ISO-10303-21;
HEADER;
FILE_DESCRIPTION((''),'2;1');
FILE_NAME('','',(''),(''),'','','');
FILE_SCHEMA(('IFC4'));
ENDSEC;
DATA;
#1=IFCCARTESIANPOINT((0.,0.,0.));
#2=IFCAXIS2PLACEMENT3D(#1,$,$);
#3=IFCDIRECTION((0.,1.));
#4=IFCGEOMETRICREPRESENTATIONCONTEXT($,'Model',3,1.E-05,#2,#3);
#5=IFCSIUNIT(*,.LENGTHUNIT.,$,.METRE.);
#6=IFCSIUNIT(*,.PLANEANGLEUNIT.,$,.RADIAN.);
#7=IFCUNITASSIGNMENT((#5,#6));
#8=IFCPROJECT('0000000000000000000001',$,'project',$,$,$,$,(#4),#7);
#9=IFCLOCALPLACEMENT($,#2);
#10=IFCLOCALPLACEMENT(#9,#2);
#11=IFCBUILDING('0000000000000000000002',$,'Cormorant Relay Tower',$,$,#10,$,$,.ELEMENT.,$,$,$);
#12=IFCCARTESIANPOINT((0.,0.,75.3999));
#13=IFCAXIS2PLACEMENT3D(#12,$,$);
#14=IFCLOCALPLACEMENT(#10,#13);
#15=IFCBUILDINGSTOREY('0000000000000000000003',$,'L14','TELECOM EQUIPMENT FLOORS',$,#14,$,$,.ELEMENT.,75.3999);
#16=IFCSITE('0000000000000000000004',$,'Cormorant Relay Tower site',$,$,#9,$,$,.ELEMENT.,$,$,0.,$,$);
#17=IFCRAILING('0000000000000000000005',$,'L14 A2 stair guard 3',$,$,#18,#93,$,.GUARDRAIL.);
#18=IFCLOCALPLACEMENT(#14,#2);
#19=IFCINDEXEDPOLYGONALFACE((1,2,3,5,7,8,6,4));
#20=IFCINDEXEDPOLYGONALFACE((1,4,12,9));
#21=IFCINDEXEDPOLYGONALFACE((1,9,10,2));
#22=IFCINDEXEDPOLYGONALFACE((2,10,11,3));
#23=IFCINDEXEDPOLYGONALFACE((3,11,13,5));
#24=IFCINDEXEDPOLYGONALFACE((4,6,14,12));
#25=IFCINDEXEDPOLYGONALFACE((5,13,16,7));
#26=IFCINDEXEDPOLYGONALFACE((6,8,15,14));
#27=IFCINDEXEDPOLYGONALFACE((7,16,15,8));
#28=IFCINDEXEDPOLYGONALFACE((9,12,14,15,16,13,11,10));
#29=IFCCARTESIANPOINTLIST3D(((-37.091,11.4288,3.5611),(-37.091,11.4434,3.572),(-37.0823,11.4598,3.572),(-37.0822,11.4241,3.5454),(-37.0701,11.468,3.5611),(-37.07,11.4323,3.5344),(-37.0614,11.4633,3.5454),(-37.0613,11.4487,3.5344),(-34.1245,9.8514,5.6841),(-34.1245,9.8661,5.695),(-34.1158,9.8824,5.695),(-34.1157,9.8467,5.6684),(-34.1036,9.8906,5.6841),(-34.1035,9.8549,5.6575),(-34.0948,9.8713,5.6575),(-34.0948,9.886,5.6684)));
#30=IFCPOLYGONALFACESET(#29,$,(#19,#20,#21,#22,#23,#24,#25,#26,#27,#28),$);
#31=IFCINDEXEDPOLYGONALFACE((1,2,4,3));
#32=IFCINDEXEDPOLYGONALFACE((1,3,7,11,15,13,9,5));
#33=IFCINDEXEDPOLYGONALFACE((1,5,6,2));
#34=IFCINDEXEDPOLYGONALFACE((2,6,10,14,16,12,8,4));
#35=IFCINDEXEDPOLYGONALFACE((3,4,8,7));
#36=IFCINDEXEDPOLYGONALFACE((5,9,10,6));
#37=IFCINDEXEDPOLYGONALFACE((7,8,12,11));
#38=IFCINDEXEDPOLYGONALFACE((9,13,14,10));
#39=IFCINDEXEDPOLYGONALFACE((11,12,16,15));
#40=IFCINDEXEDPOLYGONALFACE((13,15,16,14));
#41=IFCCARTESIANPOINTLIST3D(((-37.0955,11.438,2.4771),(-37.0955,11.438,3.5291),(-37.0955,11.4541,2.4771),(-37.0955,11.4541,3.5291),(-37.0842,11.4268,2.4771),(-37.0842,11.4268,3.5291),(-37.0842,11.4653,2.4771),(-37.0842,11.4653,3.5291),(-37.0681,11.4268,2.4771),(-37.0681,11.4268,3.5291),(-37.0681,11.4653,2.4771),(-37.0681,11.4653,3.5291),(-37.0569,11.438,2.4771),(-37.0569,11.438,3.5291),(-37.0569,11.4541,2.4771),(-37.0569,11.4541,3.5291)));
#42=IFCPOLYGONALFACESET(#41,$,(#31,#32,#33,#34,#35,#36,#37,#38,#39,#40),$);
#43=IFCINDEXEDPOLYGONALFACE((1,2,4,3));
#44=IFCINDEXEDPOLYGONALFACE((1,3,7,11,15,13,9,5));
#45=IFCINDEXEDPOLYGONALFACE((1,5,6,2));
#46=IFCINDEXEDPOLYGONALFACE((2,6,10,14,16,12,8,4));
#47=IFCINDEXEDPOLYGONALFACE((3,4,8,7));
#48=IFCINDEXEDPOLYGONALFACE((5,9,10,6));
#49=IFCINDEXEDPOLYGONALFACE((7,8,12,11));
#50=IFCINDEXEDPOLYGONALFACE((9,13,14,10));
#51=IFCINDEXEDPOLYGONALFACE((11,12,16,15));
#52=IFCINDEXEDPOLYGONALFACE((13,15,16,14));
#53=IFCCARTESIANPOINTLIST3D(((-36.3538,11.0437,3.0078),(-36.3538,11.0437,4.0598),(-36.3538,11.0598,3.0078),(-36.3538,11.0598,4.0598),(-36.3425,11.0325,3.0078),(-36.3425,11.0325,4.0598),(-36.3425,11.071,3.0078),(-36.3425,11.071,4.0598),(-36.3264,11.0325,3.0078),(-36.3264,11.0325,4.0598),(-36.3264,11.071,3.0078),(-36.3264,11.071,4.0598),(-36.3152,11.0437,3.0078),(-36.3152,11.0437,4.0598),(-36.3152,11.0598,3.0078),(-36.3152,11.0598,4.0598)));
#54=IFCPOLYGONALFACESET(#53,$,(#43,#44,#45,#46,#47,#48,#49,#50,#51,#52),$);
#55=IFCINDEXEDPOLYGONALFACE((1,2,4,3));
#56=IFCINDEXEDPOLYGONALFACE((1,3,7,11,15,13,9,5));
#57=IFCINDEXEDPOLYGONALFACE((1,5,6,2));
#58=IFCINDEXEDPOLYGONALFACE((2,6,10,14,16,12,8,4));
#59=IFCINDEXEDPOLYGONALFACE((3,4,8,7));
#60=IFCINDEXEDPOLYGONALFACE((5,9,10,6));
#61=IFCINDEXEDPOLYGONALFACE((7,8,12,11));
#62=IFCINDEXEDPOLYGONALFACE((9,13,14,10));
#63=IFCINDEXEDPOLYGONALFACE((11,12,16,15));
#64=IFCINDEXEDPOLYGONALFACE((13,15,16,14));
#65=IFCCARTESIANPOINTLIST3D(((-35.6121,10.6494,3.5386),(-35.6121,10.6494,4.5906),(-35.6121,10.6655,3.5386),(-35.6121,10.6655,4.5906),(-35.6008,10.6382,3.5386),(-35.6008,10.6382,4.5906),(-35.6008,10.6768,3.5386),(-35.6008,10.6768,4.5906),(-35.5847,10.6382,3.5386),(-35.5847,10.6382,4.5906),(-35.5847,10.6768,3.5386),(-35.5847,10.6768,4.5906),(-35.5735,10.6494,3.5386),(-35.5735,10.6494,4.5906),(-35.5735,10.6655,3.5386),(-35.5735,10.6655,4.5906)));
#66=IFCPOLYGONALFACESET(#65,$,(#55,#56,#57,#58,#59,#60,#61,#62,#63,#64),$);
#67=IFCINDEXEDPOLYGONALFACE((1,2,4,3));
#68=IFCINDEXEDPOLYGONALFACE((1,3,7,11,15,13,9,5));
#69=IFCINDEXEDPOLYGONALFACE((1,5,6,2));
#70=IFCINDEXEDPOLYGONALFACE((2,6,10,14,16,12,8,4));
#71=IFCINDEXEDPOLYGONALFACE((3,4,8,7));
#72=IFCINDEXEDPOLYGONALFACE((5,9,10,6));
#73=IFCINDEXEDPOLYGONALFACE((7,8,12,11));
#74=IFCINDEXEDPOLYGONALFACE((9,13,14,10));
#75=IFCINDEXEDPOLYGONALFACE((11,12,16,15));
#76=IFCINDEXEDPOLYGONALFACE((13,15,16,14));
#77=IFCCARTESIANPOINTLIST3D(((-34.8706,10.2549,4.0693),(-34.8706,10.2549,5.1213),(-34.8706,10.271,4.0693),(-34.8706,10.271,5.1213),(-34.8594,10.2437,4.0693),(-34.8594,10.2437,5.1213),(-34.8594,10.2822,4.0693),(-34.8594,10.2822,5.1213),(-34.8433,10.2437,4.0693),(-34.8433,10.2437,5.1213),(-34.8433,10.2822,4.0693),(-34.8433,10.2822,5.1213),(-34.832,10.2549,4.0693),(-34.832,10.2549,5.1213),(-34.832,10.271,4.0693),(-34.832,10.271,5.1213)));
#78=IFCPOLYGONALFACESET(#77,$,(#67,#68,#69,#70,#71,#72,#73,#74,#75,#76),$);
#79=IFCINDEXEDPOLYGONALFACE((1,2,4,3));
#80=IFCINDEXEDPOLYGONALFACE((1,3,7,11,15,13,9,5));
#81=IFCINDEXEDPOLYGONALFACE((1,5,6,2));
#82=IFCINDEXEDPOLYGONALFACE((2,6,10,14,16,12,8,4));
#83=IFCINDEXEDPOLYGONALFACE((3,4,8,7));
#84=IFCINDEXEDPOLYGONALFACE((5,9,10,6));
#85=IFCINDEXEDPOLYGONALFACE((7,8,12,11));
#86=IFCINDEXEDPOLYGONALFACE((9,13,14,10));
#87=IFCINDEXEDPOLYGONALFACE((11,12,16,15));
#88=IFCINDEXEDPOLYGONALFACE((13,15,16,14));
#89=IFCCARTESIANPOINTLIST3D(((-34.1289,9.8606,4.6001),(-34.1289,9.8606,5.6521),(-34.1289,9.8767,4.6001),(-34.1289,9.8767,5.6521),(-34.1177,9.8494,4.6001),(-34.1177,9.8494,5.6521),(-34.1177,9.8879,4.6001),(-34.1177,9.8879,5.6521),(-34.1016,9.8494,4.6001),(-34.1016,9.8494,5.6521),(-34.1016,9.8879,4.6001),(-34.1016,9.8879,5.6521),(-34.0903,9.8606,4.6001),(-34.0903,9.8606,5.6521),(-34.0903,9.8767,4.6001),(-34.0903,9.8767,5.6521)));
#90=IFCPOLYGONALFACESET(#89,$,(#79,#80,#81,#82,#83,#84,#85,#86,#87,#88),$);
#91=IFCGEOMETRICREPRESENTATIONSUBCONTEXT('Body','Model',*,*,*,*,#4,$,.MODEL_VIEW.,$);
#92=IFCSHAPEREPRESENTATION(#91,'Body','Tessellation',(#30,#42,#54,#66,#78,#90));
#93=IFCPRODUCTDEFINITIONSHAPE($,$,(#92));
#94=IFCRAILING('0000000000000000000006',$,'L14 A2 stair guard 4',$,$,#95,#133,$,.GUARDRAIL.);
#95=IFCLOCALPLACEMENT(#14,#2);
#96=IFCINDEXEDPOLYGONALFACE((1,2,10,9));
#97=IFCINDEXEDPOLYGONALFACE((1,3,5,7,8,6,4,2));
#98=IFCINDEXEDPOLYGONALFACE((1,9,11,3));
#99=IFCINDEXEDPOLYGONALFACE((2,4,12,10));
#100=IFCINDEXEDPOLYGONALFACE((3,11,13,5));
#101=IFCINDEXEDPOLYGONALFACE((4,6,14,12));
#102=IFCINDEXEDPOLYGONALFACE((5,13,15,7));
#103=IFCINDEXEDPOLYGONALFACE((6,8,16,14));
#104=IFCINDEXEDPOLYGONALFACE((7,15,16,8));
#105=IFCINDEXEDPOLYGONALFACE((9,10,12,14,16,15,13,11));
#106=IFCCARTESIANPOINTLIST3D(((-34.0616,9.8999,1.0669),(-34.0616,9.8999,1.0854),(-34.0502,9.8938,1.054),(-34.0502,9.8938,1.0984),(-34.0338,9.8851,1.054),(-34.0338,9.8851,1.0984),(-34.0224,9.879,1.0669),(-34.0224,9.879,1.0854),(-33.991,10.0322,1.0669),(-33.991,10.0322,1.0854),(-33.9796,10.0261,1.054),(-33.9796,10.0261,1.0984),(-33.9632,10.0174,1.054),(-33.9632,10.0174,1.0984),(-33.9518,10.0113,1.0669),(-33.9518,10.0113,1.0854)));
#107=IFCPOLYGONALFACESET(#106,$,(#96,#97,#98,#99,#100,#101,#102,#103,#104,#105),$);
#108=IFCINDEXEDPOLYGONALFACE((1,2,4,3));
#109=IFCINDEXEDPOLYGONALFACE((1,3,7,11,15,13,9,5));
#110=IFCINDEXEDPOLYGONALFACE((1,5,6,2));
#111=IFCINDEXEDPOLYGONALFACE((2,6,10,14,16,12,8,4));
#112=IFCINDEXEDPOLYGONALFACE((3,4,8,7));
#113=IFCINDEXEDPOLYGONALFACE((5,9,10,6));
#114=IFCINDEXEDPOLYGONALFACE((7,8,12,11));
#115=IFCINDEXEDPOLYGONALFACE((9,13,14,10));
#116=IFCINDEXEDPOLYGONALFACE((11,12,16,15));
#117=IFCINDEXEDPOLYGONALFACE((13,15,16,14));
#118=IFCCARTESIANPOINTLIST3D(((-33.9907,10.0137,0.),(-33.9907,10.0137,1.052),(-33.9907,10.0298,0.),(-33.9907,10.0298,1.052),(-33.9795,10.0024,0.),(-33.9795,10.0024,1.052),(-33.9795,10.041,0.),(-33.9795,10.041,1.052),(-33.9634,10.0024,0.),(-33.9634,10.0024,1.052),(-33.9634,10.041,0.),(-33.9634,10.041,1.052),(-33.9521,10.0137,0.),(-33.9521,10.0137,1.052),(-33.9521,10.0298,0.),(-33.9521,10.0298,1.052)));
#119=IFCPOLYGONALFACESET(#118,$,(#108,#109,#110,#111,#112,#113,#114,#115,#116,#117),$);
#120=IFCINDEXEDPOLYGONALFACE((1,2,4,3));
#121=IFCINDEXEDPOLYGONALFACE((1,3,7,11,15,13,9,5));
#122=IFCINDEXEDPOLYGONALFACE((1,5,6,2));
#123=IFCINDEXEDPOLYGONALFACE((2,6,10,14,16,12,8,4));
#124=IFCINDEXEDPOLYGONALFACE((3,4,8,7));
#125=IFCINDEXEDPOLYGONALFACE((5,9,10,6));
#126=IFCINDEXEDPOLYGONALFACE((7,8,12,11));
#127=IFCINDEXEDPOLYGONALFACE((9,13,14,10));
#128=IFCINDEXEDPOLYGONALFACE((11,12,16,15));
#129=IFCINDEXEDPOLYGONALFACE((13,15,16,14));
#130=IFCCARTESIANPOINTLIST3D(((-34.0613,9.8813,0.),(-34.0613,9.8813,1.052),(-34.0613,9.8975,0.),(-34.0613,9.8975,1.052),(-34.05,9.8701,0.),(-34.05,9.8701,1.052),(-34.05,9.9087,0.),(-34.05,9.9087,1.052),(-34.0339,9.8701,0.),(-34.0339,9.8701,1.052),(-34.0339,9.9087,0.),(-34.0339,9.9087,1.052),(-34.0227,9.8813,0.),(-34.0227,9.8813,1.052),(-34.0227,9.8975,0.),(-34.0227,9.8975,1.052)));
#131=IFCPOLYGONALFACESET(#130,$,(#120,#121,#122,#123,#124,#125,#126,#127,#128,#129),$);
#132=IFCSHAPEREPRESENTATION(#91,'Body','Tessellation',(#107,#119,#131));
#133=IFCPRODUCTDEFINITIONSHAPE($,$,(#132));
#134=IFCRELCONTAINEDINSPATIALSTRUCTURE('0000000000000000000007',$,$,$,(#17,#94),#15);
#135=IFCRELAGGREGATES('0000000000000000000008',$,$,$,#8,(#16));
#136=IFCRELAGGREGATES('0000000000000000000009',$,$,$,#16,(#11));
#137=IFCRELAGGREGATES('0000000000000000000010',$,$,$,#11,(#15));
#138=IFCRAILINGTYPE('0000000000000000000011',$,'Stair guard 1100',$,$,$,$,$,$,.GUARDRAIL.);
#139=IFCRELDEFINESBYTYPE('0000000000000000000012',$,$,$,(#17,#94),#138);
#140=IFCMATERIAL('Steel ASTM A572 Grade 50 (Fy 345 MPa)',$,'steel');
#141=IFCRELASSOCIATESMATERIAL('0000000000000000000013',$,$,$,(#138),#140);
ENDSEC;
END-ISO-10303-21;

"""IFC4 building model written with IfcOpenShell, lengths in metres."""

from ifc_helpers import new_model, si_unit, direction, frame, origin, place, context, subcontext, project, spatial, polyline, outline, extrude, material, type_object, element, save


model = new_model("IFC4")

# Units and contexts
model_context = context("Model", 3, precision=1e-05, world=origin(), true_north=direction((0.0, 1.0)))
body_context = subcontext(model_context, "Body", "Model", "MODEL_VIEW")
ifc_project = project(units=[si_unit("LENGTHUNIT", "METRE"), si_unit("PLANEANGLEUNIT", "RADIAN")], contexts=[model_context])

# Site, building, storey
site_placement = place(None, origin())
site = spatial("IfcSite", under=ifc_project, at=site_placement, Name="Cormorant Relay Tower site", CompositionType="ELEMENT", RefElevation=0.0)
building_placement = place(site_placement, origin())
building = spatial("IfcBuilding", under=site, at=building_placement, Name="Cormorant Relay Tower", CompositionType="ELEMENT")
storey_placement = place(building_placement, frame((0.0, 0.0, 75.3999)))
storey = spatial("IfcBuildingStorey", under=building, at=storey_placement, Name="L14", Description="TELECOM EQUIPMENT FLOORS", CompositionType="ELEMENT", Elevation=75.3999)

# Railings
ifc_material_1 = material(Name="Steel ASTM A572 Grade 50 (Fy 345 MPa)", Category="steel")
railing_type_1 = type_object("IfcRailingType", Name="Stair guard 1100", PredefinedType="GUARDRAIL", material=ifc_material_1)
railing_1_placement = place(storey_placement, frame((-37.0762, 11.446, 2.4771)))
element("IfcRailing", 1, at=railing_1_placement, inside=storey, type_object=railing_type_1, Name="L14 A2 stair guard 3", PredefinedType="GUARDRAIL", context=body_context, shape_type="SweptSolid", body=[
    extrude(outline(polyline([(0.0222, 0.0093), (0.0093, 0.0222), (-0.0093, 0.0222), (-0.0222, 0.0093), (-0.0222, -0.0093), (-0.0093, -0.0222), (0.0093, -0.0222), (0.0222, -0.0093), (0.0222, 0.0093)])), frame((0.0, 0.0, 1.0762), z_axis=(0.746413, -0.396887, 0.534179), x_axis=(0.469483, 0.882942, 0.0)), (0.0, 0.0, 1.0), 3.9744),
    extrude(outline(polyline([(0.0193, 0.0081), (0.0081, 0.0193), (-0.0081, 0.0193), (-0.0193, 0.0081), (-0.0193, -0.0081), (-0.0081, -0.0193), (0.0081, -0.0193), (0.0193, -0.0081), (0.0193, 0.0081)])), origin(), (0.0, 0.0, 1.0), 1.052),
    extrude(outline(polyline([(0.0193, 0.0081), (0.0081, 0.0193), (-0.0081, 0.0193), (-0.0193, 0.0081), (-0.0193, -0.0081), (-0.0081, -0.0193), (0.0081, -0.0193), (0.0193, -0.0081), (0.0193, 0.0081)])), frame((0.7417, -0.3943, 0.5308)), (0.0, 0.0, 1.0), 1.052),
    extrude(outline(polyline([(0.0193, 0.0081), (0.0081, 0.0193), (-0.0081, 0.0193), (-0.0193, 0.0081), (-0.0193, -0.0081), (-0.0081, -0.0193), (0.0081, -0.0193), (0.0193, -0.0081), (0.0193, 0.0081)])), frame((1.4834, -0.7886, 1.0615)), (0.0, 0.0, 1.0), 1.052),
    extrude(outline(polyline([(0.0193, 0.0081), (0.0081, 0.0193), (-0.0081, 0.0193), (-0.0193, 0.0081), (-0.0193, -0.0081), (-0.0081, -0.0193), (0.0081, -0.0193), (0.0193, -0.0081), (0.0193, 0.0081)])), frame((2.2249, -1.1831, 1.5923)), (0.0, 0.0, 1.0), 1.052),
    extrude(outline(polyline([(0.0193, 0.0081), (0.0081, 0.0193), (-0.0081, 0.0193), (-0.0193, 0.0081), (-0.0193, -0.0081), (-0.0081, -0.0193), (0.0081, -0.0193), (0.0193, -0.0081), (0.0193, 0.0081)])), frame((2.9666, -1.5774, 2.123)), (0.0, 0.0, 1.0), 1.052),
])
railing_2_placement = place(storey_placement, frame((-33.9714, 10.0217, 0.0)))
element("IfcRailing", 2, at=railing_2_placement, inside=storey, type_object=railing_type_1, Name="L14 A2 stair guard 4", PredefinedType="GUARDRAIL", context=body_context, shape_type="SweptSolid", body=[
    extrude(outline(polyline([(0.0222, 0.0093), (0.0093, 0.0222), (-0.0093, 0.0222), (-0.0222, 0.0093), (-0.0222, -0.0093), (-0.0093, -0.0222), (0.0093, -0.0222), (0.0222, -0.0093), (0.0222, 0.0093)])), frame((0.0, 0.0, 1.0762), z_axis=(-0.470504, -0.882398, 0.0), x_axis=(0.882398, -0.470504, 0.0)), (0.0, 0.0, 1.0), 0.1499),
    extrude(outline(polyline([(0.0193, 0.0081), (0.0081, 0.0193), (-0.0081, 0.0193), (-0.0193, 0.0081), (-0.0193, -0.0081), (-0.0081, -0.0193), (0.0081, -0.0193), (0.0193, -0.0081), (0.0193, 0.0081)])), origin(), (0.0, 0.0, 1.0), 1.052),
    extrude(outline(polyline([(0.0193, 0.0081), (0.0081, 0.0193), (-0.0081, 0.0193), (-0.0193, 0.0081), (-0.0193, -0.0081), (-0.0081, -0.0193), (0.0081, -0.0193), (0.0193, -0.0081), (0.0193, 0.0081)])), frame((-0.0706, -0.1323, 0.0)), (0.0, 0.0, 1.0), 1.052),
])

save(model, "model.ifc")
